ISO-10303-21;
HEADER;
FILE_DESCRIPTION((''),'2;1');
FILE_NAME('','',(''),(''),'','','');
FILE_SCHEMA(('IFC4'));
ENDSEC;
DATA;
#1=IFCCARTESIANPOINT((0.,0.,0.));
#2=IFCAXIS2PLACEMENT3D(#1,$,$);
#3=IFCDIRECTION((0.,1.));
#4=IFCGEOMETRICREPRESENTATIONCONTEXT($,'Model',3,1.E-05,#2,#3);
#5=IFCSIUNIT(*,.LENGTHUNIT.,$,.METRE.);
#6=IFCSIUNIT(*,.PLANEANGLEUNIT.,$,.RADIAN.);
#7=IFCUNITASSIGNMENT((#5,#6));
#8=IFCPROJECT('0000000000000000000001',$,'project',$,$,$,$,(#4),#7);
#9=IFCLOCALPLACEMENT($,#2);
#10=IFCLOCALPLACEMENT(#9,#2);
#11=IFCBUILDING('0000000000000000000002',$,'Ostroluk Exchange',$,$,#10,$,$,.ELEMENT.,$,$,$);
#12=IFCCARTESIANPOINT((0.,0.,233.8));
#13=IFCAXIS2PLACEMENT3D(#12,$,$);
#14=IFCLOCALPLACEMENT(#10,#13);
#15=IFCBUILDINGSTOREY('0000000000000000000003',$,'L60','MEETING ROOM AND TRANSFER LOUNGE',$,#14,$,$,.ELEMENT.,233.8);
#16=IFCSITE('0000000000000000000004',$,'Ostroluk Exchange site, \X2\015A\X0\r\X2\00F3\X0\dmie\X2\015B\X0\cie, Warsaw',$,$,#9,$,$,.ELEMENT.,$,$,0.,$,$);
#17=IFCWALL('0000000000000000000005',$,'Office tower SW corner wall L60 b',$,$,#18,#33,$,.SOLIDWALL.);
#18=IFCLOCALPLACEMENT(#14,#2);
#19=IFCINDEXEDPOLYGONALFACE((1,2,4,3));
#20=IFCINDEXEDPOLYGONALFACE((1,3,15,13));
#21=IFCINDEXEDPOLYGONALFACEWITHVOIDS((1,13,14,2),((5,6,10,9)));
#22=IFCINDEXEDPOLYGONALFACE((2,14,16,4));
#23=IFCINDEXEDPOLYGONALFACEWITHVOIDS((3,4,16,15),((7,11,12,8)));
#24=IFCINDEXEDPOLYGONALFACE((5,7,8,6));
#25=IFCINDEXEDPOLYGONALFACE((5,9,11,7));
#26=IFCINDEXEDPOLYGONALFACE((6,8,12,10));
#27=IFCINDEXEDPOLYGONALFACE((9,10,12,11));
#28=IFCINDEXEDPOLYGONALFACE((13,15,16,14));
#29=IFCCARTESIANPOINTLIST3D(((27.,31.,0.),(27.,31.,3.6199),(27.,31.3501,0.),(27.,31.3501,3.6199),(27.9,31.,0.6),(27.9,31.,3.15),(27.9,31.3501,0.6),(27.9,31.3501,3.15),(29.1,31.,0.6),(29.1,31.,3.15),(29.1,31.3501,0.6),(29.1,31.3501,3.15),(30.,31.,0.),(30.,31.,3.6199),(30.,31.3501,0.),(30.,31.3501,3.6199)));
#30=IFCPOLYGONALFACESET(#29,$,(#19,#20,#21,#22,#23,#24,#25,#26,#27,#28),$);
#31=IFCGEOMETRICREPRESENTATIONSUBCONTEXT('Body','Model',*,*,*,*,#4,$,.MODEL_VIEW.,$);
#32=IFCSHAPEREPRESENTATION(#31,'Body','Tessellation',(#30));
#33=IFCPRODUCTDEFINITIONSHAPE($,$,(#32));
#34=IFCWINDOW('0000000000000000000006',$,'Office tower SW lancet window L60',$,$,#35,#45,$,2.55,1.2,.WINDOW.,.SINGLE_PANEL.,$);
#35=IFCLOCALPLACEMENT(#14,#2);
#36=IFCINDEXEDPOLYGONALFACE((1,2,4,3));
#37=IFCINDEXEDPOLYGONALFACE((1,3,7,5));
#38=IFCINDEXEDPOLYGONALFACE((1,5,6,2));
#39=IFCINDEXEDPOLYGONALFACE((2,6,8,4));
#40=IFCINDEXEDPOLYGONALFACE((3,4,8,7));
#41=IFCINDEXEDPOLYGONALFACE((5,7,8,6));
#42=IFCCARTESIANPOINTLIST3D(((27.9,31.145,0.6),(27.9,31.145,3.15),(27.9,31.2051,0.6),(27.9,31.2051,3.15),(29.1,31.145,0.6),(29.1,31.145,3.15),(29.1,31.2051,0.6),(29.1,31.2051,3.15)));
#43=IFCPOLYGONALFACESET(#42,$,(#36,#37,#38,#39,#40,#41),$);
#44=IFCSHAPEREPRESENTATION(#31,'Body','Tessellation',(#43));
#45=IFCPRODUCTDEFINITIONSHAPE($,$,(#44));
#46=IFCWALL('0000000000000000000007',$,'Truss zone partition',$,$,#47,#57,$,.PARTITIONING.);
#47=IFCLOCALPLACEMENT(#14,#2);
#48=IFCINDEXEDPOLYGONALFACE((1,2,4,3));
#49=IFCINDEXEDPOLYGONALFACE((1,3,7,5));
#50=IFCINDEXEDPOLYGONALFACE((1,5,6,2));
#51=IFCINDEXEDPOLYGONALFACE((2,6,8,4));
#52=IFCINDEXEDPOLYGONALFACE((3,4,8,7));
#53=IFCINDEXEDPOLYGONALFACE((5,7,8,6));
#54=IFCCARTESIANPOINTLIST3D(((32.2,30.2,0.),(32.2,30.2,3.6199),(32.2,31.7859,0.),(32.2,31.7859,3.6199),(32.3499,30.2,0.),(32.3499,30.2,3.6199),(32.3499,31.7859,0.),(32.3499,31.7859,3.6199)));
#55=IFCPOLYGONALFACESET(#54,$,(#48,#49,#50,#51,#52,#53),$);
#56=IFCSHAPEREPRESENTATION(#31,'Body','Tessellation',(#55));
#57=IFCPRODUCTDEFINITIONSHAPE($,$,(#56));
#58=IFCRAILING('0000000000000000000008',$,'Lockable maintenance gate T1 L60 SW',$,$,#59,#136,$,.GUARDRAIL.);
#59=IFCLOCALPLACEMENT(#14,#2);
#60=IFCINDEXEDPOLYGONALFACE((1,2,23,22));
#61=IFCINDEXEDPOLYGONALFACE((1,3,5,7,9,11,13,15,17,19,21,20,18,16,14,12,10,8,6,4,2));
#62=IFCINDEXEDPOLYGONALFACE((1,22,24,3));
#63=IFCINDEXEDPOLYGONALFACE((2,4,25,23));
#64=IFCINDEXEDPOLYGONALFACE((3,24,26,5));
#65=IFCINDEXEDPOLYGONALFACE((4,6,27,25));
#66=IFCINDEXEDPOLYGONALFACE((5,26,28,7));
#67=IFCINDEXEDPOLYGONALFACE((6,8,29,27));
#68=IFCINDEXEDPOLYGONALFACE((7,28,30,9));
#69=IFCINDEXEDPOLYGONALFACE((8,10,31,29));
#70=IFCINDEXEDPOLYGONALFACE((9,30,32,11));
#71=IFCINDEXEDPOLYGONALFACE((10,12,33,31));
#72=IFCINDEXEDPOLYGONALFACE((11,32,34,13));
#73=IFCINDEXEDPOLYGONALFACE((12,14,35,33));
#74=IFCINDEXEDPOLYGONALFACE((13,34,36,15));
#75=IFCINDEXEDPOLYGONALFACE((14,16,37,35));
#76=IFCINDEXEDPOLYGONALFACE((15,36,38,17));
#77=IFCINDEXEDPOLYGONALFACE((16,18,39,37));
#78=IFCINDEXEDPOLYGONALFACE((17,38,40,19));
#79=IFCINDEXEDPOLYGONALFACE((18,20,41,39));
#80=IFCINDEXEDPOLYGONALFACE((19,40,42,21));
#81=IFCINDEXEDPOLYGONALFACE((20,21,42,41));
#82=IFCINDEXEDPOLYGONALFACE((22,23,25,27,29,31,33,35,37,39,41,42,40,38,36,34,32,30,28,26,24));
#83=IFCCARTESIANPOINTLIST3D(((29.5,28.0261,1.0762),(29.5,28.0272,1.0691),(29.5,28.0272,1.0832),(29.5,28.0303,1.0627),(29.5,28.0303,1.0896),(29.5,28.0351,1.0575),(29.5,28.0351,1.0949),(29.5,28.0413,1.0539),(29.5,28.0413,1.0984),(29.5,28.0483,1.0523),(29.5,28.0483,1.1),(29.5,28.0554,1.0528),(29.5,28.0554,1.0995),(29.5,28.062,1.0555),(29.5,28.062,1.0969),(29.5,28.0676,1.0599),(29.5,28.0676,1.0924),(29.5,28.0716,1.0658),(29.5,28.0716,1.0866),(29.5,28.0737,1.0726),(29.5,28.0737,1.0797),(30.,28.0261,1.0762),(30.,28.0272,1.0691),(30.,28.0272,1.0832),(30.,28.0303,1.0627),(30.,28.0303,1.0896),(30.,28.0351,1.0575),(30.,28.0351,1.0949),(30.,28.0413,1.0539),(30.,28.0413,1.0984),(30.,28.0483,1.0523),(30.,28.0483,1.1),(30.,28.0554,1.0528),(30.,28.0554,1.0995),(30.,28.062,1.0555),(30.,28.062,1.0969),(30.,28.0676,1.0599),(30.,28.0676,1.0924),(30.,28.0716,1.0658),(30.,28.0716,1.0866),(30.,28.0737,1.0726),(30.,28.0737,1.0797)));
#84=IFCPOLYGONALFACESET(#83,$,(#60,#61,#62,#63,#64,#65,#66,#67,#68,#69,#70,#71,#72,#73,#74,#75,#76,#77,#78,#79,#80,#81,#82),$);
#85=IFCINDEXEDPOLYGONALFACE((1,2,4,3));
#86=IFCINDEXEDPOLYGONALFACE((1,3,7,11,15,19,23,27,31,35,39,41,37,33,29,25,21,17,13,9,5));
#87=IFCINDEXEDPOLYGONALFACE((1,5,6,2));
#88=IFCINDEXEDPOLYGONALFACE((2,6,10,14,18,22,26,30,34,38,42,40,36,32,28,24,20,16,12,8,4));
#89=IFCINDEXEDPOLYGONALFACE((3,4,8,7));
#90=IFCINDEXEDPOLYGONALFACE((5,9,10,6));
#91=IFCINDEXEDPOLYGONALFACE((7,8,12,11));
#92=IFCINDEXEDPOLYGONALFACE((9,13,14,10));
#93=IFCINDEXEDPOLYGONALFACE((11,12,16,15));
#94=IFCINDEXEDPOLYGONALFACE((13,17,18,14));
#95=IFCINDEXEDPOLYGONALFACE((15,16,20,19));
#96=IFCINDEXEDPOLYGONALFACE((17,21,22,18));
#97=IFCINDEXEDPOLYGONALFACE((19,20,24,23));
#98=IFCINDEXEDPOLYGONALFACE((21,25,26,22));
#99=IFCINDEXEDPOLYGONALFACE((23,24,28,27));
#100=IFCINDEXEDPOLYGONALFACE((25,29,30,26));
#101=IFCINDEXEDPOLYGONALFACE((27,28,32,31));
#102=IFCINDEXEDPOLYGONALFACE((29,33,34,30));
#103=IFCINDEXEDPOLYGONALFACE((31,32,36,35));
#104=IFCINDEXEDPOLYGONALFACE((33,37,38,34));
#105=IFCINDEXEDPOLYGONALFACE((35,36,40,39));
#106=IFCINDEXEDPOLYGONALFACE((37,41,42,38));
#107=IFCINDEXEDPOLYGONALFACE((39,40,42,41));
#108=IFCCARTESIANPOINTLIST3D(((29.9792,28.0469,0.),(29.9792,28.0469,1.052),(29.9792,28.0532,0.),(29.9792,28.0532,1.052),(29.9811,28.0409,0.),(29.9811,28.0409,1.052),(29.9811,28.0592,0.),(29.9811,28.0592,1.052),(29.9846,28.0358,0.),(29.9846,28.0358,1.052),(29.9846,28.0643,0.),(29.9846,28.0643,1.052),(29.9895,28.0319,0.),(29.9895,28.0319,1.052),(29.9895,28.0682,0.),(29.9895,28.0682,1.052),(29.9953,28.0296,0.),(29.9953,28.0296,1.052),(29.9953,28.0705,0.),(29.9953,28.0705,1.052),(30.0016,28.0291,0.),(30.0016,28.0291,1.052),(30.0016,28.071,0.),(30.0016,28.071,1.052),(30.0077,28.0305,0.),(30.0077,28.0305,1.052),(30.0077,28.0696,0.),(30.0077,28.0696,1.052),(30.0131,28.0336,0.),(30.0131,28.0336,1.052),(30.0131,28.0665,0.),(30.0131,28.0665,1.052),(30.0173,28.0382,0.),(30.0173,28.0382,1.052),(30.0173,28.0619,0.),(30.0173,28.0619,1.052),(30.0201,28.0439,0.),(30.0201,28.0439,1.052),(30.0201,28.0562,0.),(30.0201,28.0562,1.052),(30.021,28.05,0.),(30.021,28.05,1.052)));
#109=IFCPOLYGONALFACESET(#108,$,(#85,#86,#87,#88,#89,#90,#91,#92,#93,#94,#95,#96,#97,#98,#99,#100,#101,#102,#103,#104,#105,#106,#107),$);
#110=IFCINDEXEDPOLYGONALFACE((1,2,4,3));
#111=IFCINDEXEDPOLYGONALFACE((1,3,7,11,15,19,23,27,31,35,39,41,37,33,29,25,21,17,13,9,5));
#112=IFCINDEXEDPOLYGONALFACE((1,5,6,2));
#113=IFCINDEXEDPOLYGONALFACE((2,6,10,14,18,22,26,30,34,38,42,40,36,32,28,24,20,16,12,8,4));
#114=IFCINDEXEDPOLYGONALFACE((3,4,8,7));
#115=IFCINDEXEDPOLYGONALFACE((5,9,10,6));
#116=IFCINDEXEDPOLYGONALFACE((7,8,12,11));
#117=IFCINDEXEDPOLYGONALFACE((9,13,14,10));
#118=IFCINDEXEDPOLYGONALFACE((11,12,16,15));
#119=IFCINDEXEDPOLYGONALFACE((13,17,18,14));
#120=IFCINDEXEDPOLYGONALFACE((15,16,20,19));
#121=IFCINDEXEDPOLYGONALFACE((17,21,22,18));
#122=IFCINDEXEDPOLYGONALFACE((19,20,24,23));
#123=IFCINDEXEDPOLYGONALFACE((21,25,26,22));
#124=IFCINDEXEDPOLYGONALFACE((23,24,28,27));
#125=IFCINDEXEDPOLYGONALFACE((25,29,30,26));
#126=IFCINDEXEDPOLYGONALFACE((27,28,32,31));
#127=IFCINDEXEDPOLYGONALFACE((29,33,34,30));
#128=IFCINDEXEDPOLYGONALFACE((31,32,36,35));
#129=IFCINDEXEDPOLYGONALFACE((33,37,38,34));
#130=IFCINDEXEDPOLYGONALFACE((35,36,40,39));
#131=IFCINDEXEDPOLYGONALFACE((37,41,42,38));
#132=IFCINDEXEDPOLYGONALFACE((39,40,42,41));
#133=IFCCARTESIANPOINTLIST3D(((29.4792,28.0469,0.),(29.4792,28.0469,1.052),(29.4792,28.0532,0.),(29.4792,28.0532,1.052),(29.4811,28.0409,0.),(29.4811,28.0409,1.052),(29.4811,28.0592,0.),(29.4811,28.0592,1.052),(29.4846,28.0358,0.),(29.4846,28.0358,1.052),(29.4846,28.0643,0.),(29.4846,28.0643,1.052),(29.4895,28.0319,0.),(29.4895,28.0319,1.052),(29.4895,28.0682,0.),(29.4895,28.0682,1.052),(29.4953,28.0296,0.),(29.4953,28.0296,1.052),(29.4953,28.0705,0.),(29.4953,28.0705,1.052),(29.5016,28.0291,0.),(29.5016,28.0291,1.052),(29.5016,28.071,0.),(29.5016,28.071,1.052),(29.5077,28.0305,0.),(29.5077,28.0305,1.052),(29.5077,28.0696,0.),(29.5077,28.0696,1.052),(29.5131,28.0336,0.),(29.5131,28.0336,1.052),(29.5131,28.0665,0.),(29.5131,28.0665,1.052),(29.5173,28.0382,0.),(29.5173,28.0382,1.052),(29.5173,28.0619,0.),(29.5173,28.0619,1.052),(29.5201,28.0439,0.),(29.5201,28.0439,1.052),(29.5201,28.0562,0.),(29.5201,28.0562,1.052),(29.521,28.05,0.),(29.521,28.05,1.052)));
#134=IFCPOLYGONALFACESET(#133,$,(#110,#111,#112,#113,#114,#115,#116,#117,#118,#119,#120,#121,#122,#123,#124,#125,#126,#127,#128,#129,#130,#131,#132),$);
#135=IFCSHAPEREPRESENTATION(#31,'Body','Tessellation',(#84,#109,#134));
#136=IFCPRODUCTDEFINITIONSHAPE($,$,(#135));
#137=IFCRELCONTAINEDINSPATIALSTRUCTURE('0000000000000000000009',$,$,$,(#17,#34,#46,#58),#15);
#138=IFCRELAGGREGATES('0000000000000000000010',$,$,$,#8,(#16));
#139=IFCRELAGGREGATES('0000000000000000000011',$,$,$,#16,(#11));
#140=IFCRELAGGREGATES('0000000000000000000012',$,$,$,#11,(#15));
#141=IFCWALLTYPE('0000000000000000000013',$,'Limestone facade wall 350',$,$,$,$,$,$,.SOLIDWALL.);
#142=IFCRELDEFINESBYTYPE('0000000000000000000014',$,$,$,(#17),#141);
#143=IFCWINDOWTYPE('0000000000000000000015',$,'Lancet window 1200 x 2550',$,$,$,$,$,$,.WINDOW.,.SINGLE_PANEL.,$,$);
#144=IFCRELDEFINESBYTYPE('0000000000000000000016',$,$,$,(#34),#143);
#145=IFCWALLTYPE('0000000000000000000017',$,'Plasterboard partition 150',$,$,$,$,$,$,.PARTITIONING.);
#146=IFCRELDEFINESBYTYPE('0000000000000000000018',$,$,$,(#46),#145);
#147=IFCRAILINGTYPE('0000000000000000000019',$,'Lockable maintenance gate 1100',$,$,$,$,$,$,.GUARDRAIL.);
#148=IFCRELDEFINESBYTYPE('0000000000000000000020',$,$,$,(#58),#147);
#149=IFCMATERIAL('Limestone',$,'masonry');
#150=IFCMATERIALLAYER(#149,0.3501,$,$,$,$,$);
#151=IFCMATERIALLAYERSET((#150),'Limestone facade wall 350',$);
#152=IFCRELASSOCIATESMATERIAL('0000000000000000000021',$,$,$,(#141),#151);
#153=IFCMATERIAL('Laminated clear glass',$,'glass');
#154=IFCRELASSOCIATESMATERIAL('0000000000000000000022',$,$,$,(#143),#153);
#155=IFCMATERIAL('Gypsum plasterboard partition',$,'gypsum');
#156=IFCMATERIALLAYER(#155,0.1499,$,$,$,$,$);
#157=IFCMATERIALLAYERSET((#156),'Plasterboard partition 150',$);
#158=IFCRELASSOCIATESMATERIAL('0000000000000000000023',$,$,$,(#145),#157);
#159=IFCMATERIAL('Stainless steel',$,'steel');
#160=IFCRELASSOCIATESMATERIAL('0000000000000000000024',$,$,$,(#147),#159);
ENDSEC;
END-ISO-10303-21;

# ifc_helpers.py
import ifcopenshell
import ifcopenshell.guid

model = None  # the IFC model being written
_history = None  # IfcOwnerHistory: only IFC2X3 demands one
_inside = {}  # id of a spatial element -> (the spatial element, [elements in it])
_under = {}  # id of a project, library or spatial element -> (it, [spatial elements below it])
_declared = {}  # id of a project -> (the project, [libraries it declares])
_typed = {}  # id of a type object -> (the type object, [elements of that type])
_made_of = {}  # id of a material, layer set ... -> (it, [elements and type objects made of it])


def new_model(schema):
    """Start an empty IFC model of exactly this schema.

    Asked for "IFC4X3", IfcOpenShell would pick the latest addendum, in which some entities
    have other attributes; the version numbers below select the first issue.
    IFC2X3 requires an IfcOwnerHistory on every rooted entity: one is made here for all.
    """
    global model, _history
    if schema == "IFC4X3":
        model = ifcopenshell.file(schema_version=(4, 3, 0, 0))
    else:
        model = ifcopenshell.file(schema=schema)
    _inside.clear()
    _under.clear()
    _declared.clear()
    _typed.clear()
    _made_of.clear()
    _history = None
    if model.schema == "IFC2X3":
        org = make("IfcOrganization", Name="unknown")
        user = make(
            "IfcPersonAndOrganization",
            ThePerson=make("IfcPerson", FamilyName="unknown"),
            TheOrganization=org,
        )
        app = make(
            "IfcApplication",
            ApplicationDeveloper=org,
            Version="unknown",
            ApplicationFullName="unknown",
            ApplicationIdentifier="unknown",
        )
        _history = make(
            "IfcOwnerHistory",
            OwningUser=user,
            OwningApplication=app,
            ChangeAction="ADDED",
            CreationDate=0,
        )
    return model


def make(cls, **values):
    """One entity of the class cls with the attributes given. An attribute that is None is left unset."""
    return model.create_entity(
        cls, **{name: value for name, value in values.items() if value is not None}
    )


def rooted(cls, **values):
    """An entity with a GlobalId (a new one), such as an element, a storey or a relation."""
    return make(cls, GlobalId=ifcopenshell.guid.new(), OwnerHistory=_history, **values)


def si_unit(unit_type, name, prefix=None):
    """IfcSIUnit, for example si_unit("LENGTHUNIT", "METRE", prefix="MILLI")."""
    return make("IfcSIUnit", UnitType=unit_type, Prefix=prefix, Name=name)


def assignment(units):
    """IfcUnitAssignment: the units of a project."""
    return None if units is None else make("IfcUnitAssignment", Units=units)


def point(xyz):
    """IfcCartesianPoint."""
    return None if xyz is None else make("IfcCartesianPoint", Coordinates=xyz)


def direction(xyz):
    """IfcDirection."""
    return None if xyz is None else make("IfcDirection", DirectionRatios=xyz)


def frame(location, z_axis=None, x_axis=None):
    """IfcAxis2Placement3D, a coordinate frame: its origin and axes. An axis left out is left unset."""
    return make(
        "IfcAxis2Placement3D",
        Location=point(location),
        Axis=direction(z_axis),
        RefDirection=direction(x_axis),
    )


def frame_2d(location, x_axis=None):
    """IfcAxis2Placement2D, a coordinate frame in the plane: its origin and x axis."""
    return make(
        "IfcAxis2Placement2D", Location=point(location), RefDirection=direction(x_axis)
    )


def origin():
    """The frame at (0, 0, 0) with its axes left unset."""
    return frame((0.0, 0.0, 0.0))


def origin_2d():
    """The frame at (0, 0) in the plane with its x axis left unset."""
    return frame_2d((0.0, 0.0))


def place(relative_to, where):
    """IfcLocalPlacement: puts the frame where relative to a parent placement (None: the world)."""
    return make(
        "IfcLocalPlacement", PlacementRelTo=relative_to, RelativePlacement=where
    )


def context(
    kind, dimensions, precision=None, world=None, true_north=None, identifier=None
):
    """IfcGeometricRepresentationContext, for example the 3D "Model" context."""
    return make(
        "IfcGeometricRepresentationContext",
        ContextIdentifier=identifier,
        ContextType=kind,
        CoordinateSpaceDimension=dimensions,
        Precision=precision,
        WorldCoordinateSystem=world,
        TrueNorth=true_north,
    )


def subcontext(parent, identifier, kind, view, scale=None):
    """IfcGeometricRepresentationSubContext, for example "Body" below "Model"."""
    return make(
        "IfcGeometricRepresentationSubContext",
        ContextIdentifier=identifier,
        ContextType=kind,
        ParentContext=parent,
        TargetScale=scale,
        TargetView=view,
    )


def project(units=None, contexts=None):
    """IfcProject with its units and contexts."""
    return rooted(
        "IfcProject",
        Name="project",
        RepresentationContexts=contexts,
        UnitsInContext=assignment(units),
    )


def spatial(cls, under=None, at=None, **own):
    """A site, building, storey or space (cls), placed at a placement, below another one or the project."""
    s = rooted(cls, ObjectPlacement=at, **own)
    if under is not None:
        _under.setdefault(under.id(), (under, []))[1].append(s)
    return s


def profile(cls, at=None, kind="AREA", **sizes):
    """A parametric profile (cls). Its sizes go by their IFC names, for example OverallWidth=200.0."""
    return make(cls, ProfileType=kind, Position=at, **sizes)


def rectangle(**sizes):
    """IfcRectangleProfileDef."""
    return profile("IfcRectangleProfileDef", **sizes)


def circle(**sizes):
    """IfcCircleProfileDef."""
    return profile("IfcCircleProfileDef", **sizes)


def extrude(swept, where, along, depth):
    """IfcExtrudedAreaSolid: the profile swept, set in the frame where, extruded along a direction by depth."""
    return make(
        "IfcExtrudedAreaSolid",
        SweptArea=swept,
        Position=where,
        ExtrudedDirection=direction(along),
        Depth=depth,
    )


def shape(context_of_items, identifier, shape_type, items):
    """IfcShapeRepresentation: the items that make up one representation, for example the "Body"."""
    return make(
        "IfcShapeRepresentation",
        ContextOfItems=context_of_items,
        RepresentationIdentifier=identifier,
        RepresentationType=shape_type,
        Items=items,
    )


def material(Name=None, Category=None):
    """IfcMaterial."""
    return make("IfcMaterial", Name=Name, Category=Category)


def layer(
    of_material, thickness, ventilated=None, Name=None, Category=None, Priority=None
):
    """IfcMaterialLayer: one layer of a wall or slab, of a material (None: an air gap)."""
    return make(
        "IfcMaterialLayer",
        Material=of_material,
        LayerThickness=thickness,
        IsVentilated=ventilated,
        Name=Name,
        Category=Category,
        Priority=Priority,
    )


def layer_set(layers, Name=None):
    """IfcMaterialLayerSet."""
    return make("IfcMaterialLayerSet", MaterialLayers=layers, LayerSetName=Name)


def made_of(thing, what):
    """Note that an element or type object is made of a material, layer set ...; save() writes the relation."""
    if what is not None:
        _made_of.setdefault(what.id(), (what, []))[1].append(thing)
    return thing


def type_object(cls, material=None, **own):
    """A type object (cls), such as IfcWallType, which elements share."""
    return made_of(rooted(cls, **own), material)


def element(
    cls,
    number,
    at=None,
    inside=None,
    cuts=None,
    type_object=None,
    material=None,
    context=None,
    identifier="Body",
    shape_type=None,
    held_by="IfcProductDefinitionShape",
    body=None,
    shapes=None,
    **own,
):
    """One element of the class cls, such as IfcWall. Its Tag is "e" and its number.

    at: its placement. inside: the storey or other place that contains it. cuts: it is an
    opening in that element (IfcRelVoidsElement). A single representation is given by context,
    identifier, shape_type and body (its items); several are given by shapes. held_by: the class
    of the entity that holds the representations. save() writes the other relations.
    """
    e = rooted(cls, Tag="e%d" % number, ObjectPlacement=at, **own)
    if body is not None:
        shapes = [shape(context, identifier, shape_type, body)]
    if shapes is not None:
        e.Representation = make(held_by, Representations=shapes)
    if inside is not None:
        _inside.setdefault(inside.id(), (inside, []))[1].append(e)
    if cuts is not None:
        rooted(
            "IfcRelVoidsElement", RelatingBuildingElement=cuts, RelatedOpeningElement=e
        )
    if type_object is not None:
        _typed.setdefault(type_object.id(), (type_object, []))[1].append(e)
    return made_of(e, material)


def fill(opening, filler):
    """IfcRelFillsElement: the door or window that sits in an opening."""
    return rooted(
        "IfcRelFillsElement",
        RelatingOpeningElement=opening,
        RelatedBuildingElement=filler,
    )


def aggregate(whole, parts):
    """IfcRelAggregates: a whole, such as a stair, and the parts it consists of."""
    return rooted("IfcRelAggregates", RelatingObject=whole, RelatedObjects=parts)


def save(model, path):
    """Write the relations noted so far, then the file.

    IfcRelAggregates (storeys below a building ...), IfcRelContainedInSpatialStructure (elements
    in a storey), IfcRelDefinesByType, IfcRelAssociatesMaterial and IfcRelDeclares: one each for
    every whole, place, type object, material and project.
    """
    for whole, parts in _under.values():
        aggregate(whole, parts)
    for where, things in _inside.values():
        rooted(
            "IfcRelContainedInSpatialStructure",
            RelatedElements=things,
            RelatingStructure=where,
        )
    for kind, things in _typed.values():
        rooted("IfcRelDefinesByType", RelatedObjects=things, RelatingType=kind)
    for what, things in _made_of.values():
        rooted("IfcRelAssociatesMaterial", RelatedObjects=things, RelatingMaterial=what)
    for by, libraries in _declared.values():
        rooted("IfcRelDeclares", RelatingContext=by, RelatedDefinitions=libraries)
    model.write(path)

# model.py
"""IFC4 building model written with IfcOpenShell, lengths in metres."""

from ifc_helpers import new_model, si_unit, direction, frame, frame_2d, origin, origin_2d, place, context, subcontext, project, spatial, rectangle, circle, extrude, material, layer, layer_set, type_object, element, fill, save


model = new_model("IFC4")

# Units and contexts
model_context = context("Model", 3, precision=1e-05, world=origin(), true_north=direction((0.0, 1.0)))
body_context = subcontext(model_context, "Body", "Model", "MODEL_VIEW")
ifc_project = project(units=[si_unit("LENGTHUNIT", "METRE"), si_unit("PLANEANGLEUNIT", "RADIAN")], contexts=[model_context])

# Site, building, storey
site_placement = place(None, origin())
site = spatial("IfcSite", under=ifc_project, at=site_placement, Name="Ostroluk Exchange site, Śródmieście, Warsaw", CompositionType="ELEMENT", RefElevation=0.0)
building_placement = place(site_placement, origin())
building = spatial("IfcBuilding", under=site, at=building_placement, Name="Ostroluk Exchange", CompositionType="ELEMENT")
storey_placement = place(building_placement, frame((0.0, 0.0, 233.8)))
storey = spatial("IfcBuildingStorey", under=building, at=storey_placement, Name="L60", Description="MEETING ROOM AND TRANSFER LOUNGE", CompositionType="ELEMENT", Elevation=233.8)

# Shared definitions
ifc_material_1 = material(Name="Limestone", Category="masonry")
ifc_layer_1 = layer(ifc_material_1, 0.3501)
ifc_layer_set_1 = layer_set([ifc_layer_1], Name="Limestone facade wall 350")
wall_type_1 = type_object("IfcWallType", Name="Limestone facade wall 350", PredefinedType="SOLIDWALL", material=ifc_layer_set_1)

# Wall, opening, window
wall_1_placement = place(storey_placement, frame((30.0, 31.175, 0.0), z_axis=(0.0, 0.0, 1.0), x_axis=(-1.0, 0.0, 0.0)))
wall_1 = element("IfcWall", 1, at=wall_1_placement, inside=storey, type_object=wall_type_1, Name="Office tower SW corner wall L60 b", PredefinedType="SOLIDWALL", context=body_context, shape_type="SweptSolid", body=[
    extrude(rectangle(XDim=3.0, YDim=0.3501, at=frame_2d((1.5, 0.0))), origin(), (0.0, 0.0, 1.0), 3.6199),
])
opening_1_placement = place(wall_1_placement, frame((0.8999, 0.0, 0.6001)))
opening_1 = element("IfcOpeningElement", 2, at=opening_1_placement, cuts=wall_1, PredefinedType="OPENING", context=body_context, shape_type="SweptSolid", body=[
    extrude(rectangle(XDim=1.2, YDim=2.55, at=frame_2d((0.6001, 1.2749))), frame((0.0, 0.1851, 0.0), z_axis=(0.0, -1.0, 0.0), x_axis=(1.0, 0.0, 0.0)), (0.0, 0.0, 1.0), 0.3701),
])
ifc_material_2 = material(Name="Laminated clear glass", Category="glass")
window_type = type_object("IfcWindowType", Name="Lancet window 1200 x 2550", PartitioningType="SINGLE_PANEL", PredefinedType="WINDOW", material=ifc_material_2)
window_placement = place(opening_1_placement, origin())
window = element("IfcWindow", 3, at=window_placement, inside=storey, type_object=window_type, Name="Office tower SW lancet window L60", OverallHeight=2.55, OverallWidth=1.2, PartitioningType="SINGLE_PANEL", PredefinedType="WINDOW", context=body_context, shape_type="SweptSolid", body=[
    extrude(rectangle(XDim=1.2, YDim=2.55, at=frame_2d((0.6001, 1.2749))), frame((0.0, 0.03, 0.0), z_axis=(0.0, -1.0, 0.0), x_axis=(1.0, 0.0, 0.0)), (0.0, 0.0, 1.0), 0.0601),
])
fill(opening_1, window)

# Wall
ifc_material_3 = material(Name="Gypsum plasterboard partition", Category="gypsum")
ifc_layer_2 = layer(ifc_material_3, 0.1499)
ifc_layer_set_2 = layer_set([ifc_layer_2], Name="Plasterboard partition 150")
wall_type_2 = type_object("IfcWallType", Name="Plasterboard partition 150", PredefinedType="PARTITIONING", material=ifc_layer_set_2)
wall_2_placement = place(storey_placement, frame((32.2749, 30.2, 0.0), z_axis=(0.0, 0.0, 1.0), x_axis=(0.0, 1.0, 0.0)))
element("IfcWall", 4, at=wall_2_placement, inside=storey, type_object=wall_type_2, Name="Truss zone partition", PredefinedType="PARTITIONING", context=body_context, shape_type="SweptSolid", body=[
    extrude(rectangle(XDim=1.5859, YDim=0.1499, at=frame_2d((0.793, 0.0))), origin(), (0.0, 0.0, 1.0), 3.6199),
])

# Railing
ifc_material_4 = material(Name="Stainless steel", Category="steel")
railing_type_1 = type_object("IfcRailingType", Name="Lockable maintenance gate 1100", PredefinedType="GUARDRAIL", material=ifc_material_4)
railing_1_placement = place(storey_placement, frame((30.0, 28.05, 0.0)))
element("IfcRailing", 5, at=railing_1_placement, inside=storey, type_object=railing_type_1, Name="Lockable maintenance gate T1 L60 SW", PredefinedType="GUARDRAIL", context=body_context, shape_type="SweptSolid", body=[
    extrude(circle(Radius=0.0239, at=origin_2d()), frame((0.0, 0.0, 1.0762), z_axis=(-1.0, 0.0, 0.0), x_axis=(0.0, -1.0, 0.0)), (0.0, 0.0, 1.0), 0.5),
    extrude(circle(Radius=0.021, at=origin_2d()), origin(), (0.0, 0.0, 1.0), 1.052),
    extrude(circle(Radius=0.021, at=origin_2d()), frame((-0.5, 0.0, 0.0)), (0.0, 0.0, 1.0), 1.052),
])

save(model, "model.ifc")
